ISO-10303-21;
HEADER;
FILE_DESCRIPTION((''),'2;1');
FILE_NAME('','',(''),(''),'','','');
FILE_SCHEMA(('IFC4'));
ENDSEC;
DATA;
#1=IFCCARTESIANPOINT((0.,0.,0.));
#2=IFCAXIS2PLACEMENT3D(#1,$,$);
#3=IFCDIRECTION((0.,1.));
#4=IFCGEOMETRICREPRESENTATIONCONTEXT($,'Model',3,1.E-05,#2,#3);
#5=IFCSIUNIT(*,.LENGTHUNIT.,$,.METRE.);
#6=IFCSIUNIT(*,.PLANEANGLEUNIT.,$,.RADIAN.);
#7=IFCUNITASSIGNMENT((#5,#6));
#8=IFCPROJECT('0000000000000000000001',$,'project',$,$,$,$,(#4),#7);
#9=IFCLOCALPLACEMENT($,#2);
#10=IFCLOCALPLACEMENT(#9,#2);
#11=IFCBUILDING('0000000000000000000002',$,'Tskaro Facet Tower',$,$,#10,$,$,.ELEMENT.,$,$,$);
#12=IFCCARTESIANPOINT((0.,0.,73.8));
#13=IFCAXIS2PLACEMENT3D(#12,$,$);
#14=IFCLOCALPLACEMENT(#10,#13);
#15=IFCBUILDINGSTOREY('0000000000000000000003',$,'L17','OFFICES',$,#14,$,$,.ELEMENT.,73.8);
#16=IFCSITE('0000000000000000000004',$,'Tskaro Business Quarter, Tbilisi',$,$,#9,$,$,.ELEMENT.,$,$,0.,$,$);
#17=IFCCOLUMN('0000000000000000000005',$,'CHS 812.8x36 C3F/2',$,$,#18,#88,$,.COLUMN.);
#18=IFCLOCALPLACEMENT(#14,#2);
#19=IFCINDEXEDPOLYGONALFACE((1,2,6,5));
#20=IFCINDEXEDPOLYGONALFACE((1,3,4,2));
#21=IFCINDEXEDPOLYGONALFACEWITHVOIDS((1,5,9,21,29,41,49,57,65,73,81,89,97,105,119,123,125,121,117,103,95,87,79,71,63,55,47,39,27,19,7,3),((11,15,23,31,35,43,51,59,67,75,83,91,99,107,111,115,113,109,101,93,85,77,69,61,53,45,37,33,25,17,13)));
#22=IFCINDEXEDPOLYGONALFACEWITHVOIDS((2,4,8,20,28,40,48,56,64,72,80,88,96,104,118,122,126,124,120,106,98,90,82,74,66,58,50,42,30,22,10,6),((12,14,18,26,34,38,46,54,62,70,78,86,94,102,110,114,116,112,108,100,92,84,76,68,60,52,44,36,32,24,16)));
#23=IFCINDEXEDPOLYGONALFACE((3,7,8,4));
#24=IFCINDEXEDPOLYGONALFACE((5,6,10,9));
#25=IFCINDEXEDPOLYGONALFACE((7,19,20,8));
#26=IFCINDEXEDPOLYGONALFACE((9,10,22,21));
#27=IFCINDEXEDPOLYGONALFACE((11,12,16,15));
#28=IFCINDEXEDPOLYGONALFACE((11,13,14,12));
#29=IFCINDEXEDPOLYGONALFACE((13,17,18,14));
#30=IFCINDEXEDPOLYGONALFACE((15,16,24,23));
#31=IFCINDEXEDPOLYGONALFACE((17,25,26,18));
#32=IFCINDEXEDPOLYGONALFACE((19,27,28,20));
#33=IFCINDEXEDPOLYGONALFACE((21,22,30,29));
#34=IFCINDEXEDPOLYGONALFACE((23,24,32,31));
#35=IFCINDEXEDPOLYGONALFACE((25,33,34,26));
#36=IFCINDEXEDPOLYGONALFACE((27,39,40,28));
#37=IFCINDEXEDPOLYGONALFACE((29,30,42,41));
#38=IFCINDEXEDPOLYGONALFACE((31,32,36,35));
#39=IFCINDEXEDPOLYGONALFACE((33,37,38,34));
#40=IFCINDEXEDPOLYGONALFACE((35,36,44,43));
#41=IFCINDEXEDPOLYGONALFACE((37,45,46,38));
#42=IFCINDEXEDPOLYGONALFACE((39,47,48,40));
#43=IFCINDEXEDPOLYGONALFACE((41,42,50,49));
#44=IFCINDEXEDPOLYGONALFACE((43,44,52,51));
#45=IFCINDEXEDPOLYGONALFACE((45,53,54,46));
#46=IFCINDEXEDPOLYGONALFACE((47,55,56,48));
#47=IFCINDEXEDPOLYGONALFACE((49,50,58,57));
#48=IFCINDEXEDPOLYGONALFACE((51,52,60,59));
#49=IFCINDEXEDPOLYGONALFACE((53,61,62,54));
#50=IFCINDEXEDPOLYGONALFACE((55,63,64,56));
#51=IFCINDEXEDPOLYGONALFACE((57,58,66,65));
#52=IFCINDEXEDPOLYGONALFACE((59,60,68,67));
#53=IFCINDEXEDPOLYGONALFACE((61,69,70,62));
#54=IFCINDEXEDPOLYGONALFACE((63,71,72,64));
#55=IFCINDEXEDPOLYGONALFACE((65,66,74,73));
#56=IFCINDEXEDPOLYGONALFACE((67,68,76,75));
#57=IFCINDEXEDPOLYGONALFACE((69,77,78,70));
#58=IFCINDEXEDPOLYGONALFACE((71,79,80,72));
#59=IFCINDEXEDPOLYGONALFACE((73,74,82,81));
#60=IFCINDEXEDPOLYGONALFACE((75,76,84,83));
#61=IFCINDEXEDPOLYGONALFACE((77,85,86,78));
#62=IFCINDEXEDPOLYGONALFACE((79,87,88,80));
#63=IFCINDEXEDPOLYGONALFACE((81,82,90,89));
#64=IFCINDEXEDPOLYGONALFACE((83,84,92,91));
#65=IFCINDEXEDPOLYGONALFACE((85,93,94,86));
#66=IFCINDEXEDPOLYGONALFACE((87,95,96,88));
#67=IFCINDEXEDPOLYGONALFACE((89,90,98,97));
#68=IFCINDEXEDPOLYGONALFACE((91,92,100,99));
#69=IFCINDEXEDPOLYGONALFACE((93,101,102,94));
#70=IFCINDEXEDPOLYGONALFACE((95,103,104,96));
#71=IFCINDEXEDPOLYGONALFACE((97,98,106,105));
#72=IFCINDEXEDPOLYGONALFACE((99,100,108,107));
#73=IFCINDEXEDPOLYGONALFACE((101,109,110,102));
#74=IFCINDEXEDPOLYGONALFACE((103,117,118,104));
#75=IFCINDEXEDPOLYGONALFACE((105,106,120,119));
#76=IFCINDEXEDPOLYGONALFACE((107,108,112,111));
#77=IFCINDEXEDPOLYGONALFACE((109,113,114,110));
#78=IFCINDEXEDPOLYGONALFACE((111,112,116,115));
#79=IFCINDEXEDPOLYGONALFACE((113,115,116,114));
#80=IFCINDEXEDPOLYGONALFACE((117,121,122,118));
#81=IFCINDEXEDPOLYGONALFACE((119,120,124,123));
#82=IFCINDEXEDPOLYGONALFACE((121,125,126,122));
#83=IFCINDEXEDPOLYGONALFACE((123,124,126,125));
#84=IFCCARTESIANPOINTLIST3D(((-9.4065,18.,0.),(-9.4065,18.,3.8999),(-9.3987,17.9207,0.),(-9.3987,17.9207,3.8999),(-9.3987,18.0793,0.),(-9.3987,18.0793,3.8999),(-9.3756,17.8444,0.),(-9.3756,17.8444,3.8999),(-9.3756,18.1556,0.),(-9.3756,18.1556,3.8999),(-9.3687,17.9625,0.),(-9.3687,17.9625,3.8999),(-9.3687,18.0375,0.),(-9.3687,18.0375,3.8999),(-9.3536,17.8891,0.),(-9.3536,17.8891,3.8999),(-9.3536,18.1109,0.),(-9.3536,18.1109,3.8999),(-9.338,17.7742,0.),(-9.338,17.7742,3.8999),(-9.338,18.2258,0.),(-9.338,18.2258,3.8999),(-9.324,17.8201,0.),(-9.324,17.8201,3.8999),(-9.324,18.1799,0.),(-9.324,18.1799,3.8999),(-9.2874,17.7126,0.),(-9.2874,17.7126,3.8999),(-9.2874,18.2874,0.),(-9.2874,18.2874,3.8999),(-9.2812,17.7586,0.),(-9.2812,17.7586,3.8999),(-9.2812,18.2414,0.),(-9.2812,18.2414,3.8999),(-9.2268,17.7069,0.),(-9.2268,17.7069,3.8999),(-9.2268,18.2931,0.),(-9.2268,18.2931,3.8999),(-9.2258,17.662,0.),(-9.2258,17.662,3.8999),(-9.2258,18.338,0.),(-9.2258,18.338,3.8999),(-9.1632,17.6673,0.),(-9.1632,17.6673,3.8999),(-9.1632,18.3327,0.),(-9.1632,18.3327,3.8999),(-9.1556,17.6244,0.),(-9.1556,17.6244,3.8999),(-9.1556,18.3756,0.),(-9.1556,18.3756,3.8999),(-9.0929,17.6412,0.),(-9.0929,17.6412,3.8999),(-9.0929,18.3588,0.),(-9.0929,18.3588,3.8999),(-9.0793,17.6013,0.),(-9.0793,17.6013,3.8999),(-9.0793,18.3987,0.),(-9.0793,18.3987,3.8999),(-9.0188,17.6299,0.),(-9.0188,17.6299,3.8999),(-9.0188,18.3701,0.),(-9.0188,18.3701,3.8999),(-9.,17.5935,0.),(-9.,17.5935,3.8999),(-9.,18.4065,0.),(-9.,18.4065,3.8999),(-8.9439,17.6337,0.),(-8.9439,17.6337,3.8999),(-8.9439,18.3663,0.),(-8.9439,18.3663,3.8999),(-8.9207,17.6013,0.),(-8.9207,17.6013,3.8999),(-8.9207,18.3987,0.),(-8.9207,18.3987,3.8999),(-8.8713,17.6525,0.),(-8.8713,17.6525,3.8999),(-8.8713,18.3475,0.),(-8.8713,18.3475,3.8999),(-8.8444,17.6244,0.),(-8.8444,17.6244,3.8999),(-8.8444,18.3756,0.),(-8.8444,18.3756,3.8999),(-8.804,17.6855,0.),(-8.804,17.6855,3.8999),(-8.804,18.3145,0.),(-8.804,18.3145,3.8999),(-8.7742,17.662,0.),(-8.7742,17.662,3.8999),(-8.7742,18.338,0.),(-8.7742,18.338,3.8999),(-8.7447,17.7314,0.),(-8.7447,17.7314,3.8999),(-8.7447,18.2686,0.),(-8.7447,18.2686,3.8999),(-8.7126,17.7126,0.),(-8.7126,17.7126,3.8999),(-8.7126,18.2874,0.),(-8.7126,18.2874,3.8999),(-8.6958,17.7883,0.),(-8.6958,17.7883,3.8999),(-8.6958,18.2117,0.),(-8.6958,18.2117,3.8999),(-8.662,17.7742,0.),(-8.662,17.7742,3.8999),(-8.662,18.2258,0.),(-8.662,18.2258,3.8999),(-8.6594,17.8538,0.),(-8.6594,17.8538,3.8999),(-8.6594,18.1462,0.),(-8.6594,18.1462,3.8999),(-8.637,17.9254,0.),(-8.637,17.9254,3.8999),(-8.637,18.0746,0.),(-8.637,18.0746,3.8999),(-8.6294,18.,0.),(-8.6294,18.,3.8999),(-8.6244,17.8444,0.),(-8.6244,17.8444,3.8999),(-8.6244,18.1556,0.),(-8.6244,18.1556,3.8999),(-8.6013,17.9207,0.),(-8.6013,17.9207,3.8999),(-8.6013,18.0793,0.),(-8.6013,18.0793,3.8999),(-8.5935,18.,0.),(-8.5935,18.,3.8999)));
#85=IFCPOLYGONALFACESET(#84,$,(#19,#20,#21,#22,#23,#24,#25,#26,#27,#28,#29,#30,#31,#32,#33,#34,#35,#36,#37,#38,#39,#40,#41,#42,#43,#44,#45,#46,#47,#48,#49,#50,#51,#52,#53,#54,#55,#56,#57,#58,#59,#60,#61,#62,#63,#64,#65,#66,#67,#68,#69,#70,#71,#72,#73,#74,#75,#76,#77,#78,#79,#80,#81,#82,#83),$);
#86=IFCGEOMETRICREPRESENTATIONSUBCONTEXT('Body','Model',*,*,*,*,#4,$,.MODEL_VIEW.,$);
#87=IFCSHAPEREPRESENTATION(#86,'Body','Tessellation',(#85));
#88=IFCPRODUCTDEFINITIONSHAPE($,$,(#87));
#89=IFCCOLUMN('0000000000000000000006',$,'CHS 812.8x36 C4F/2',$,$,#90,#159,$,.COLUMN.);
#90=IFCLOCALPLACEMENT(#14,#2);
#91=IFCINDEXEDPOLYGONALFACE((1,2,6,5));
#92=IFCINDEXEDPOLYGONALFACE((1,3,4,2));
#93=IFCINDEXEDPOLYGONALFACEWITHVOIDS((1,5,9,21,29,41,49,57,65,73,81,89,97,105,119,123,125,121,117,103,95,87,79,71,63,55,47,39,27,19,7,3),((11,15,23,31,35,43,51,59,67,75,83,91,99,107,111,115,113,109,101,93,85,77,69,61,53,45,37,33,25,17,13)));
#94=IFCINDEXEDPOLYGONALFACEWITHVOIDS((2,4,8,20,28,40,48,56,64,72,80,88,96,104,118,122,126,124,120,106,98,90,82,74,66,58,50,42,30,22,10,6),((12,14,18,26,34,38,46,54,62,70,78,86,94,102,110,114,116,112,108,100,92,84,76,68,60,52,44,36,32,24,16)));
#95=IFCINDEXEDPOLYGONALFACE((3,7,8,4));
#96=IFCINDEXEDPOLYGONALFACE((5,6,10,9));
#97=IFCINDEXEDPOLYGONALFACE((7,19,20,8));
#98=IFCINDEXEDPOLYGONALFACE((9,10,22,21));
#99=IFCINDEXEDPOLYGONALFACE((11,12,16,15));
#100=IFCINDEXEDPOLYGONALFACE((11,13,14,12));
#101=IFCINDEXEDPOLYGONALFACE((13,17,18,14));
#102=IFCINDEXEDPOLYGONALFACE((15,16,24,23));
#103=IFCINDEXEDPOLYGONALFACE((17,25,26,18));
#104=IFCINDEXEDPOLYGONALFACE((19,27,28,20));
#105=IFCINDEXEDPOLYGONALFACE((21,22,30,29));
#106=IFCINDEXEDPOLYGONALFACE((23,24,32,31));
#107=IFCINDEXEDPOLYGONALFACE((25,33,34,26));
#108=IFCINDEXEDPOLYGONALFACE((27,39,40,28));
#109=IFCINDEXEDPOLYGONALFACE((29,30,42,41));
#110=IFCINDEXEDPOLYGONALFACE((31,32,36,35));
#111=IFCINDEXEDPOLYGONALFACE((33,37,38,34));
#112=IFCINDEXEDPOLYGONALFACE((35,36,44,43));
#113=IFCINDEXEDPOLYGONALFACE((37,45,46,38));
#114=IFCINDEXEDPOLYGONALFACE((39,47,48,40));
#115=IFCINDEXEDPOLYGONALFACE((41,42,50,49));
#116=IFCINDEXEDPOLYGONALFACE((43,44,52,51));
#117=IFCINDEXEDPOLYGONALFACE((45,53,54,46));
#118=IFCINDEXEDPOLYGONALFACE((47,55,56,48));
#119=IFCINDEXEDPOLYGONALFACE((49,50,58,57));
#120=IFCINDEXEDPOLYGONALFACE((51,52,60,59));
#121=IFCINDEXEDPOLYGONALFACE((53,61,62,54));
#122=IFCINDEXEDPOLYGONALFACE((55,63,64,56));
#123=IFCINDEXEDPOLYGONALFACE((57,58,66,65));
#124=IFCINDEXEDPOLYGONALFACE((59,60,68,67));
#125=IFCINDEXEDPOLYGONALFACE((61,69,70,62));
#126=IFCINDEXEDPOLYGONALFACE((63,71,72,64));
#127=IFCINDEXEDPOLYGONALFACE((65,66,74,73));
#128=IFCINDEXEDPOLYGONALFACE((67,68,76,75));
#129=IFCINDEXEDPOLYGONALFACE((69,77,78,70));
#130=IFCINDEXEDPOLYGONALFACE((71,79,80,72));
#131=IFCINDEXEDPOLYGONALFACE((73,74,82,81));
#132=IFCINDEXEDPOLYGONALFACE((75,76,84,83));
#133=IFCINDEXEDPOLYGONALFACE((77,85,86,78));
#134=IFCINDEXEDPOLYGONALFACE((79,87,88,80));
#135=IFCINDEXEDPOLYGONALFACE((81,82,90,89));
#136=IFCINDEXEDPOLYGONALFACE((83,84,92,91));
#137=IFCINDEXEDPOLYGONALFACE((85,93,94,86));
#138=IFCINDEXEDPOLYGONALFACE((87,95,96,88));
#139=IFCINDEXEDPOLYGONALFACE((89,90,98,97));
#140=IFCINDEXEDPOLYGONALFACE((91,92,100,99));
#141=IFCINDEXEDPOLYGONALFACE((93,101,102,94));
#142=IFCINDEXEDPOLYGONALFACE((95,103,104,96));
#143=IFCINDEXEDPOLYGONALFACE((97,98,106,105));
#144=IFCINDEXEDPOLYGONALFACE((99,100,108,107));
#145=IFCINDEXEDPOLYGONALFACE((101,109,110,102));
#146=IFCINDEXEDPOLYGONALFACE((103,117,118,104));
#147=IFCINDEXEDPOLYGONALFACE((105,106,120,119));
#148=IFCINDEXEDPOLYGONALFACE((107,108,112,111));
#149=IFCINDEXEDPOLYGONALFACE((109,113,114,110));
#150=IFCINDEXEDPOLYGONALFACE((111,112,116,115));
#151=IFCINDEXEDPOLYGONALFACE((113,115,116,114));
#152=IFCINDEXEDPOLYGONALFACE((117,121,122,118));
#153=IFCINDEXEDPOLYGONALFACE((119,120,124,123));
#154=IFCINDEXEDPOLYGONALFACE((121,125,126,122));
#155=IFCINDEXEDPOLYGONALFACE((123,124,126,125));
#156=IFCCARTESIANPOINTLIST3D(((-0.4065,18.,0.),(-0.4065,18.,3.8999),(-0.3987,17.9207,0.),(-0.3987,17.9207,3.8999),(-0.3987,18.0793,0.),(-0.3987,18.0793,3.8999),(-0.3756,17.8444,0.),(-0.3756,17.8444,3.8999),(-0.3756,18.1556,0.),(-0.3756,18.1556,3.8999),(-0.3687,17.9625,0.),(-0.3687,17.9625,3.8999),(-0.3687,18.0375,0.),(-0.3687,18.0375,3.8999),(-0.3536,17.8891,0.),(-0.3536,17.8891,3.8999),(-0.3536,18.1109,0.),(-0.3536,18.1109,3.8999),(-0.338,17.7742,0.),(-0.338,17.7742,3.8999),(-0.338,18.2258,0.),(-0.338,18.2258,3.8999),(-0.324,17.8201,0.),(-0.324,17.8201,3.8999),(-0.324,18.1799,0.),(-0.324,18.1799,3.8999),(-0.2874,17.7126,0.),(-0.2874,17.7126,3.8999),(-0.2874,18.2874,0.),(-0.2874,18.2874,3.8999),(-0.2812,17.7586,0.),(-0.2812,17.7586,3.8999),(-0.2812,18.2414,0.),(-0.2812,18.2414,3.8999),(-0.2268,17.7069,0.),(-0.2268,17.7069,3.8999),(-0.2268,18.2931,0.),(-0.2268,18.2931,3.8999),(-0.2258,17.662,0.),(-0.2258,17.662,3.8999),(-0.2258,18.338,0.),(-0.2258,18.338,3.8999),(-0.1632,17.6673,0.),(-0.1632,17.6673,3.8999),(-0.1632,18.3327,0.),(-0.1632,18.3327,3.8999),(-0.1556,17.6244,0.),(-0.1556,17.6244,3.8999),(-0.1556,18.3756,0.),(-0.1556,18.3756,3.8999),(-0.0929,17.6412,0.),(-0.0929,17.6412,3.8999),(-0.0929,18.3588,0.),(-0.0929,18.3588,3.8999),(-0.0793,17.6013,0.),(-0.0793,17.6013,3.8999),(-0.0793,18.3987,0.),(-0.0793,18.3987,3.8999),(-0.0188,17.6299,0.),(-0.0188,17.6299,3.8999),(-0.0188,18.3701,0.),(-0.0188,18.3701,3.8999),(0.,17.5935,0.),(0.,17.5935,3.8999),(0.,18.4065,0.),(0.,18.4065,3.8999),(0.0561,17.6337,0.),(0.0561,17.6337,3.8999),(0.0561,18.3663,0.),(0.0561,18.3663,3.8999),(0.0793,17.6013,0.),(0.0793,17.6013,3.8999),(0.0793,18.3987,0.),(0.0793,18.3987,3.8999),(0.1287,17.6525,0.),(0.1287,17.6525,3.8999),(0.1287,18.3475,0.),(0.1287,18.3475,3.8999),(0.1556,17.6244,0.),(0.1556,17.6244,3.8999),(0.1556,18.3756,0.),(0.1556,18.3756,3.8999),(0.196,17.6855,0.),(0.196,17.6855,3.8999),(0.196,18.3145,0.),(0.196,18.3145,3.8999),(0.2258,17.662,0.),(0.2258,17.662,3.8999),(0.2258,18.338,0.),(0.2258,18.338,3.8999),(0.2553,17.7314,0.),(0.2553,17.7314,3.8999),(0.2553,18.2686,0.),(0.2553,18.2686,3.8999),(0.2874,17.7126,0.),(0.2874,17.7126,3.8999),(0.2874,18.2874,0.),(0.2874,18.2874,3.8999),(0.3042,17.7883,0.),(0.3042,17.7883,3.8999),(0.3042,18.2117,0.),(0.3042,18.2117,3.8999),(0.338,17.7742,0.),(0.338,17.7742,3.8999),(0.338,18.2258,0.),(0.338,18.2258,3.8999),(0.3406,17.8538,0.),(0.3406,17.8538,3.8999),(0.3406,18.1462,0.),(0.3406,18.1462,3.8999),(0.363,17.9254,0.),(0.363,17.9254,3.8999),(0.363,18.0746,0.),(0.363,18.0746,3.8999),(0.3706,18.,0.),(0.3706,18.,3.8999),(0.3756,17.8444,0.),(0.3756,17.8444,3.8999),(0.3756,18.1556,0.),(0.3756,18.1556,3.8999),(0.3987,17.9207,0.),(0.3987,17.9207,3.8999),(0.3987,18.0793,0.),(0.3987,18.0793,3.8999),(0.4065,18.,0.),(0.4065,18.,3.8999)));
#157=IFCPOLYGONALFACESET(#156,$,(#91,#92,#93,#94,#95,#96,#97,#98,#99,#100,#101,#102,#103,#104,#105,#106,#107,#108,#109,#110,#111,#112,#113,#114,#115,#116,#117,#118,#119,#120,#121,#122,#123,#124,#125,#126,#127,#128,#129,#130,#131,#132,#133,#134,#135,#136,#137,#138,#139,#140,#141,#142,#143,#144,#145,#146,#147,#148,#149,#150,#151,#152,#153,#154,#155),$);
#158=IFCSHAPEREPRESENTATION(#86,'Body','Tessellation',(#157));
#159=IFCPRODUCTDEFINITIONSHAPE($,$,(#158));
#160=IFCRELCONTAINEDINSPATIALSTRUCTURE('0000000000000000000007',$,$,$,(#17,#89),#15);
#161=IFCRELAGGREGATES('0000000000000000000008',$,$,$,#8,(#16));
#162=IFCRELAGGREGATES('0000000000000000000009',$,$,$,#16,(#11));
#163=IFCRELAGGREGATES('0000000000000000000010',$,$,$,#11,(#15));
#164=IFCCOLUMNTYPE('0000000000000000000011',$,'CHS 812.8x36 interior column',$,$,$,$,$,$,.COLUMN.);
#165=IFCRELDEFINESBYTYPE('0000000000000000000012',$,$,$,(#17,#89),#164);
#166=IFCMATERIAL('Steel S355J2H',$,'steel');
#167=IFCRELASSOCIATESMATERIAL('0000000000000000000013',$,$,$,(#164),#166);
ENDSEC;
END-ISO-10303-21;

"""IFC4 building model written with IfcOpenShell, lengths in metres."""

from ifc_helpers import new_model, si_unit, direction, frame, origin, origin_2d, place, context, subcontext, project, spatial, hollow_circle, extrude, material, material_profile, profile_set, type_object, element, save


model = new_model("IFC4")

# Units and contexts
model_context = context("Model", 3, precision=1e-05, world=origin(), true_north=direction((0.0, 1.0)))
body_context = subcontext(model_context, "Body", "Model", "MODEL_VIEW")
ifc_project = project(units=[si_unit("LENGTHUNIT", "METRE"), si_unit("PLANEANGLEUNIT", "RADIAN")], contexts=[model_context])

# Site, building, storey
site_placement = place(None, origin())
site = spatial("IfcSite", under=ifc_project, at=site_placement, Name="Tskaro Business Quarter, Tbilisi", CompositionType="ELEMENT", RefElevation=0.0)
building_placement = place(site_placement, origin())
building = spatial("IfcBuilding", under=site, at=building_placement, Name="Tskaro Facet Tower", CompositionType="ELEMENT")
storey_placement = place(building_placement, frame((0.0, 0.0, 73.8)))
storey = spatial("IfcBuildingStorey", under=building, at=storey_placement, Name="L17", Description="OFFICES", CompositionType="ELEMENT", Elevation=73.8)

# Columns
ifc_material_1 = material(Name="Steel S355J2H", Category="steel")
ifc_material_profile_1 = material_profile(ifc_material_1, hollow_circle(Radius=0.4065, WallThickness=0.0359, at=origin_2d()), Name="CHS 812.8x36")
ifc_profile_set_1 = profile_set([ifc_material_profile_1], Name="Steel S355J2H")
column_type_1 = type_object("IfcColumnType", Name="CHS 812.8x36 interior column", PredefinedType="COLUMN", material=ifc_profile_set_1)
for number, where, z_axis, x_axis, name in (
    (1, (-9.0, 18.0, 0.0), (0.0, 0.0, 1.0), (1.0, 0.0, 0.0), "CHS 812.8x36 C3F/2"),
    (2, (0.0, 18.0, 0.0), (0.0, 0.0, 1.0), (1.0, 0.0, 0.0), "CHS 812.8x36 C4F/2"),
):
    element("IfcColumn", number, at=place(storey_placement, frame(where, z_axis=z_axis, x_axis=x_axis)), inside=storey, type_object=column_type_1, Name=name, PredefinedType="COLUMN", context=body_context, shape_type="SweptSolid", body=[
        extrude(hollow_circle(Radius=0.4065, WallThickness=0.0359, at=origin_2d()), origin(), (0.0, 0.0, 1.0), 3.8999),
    ])

save(model, "model.ifc")
